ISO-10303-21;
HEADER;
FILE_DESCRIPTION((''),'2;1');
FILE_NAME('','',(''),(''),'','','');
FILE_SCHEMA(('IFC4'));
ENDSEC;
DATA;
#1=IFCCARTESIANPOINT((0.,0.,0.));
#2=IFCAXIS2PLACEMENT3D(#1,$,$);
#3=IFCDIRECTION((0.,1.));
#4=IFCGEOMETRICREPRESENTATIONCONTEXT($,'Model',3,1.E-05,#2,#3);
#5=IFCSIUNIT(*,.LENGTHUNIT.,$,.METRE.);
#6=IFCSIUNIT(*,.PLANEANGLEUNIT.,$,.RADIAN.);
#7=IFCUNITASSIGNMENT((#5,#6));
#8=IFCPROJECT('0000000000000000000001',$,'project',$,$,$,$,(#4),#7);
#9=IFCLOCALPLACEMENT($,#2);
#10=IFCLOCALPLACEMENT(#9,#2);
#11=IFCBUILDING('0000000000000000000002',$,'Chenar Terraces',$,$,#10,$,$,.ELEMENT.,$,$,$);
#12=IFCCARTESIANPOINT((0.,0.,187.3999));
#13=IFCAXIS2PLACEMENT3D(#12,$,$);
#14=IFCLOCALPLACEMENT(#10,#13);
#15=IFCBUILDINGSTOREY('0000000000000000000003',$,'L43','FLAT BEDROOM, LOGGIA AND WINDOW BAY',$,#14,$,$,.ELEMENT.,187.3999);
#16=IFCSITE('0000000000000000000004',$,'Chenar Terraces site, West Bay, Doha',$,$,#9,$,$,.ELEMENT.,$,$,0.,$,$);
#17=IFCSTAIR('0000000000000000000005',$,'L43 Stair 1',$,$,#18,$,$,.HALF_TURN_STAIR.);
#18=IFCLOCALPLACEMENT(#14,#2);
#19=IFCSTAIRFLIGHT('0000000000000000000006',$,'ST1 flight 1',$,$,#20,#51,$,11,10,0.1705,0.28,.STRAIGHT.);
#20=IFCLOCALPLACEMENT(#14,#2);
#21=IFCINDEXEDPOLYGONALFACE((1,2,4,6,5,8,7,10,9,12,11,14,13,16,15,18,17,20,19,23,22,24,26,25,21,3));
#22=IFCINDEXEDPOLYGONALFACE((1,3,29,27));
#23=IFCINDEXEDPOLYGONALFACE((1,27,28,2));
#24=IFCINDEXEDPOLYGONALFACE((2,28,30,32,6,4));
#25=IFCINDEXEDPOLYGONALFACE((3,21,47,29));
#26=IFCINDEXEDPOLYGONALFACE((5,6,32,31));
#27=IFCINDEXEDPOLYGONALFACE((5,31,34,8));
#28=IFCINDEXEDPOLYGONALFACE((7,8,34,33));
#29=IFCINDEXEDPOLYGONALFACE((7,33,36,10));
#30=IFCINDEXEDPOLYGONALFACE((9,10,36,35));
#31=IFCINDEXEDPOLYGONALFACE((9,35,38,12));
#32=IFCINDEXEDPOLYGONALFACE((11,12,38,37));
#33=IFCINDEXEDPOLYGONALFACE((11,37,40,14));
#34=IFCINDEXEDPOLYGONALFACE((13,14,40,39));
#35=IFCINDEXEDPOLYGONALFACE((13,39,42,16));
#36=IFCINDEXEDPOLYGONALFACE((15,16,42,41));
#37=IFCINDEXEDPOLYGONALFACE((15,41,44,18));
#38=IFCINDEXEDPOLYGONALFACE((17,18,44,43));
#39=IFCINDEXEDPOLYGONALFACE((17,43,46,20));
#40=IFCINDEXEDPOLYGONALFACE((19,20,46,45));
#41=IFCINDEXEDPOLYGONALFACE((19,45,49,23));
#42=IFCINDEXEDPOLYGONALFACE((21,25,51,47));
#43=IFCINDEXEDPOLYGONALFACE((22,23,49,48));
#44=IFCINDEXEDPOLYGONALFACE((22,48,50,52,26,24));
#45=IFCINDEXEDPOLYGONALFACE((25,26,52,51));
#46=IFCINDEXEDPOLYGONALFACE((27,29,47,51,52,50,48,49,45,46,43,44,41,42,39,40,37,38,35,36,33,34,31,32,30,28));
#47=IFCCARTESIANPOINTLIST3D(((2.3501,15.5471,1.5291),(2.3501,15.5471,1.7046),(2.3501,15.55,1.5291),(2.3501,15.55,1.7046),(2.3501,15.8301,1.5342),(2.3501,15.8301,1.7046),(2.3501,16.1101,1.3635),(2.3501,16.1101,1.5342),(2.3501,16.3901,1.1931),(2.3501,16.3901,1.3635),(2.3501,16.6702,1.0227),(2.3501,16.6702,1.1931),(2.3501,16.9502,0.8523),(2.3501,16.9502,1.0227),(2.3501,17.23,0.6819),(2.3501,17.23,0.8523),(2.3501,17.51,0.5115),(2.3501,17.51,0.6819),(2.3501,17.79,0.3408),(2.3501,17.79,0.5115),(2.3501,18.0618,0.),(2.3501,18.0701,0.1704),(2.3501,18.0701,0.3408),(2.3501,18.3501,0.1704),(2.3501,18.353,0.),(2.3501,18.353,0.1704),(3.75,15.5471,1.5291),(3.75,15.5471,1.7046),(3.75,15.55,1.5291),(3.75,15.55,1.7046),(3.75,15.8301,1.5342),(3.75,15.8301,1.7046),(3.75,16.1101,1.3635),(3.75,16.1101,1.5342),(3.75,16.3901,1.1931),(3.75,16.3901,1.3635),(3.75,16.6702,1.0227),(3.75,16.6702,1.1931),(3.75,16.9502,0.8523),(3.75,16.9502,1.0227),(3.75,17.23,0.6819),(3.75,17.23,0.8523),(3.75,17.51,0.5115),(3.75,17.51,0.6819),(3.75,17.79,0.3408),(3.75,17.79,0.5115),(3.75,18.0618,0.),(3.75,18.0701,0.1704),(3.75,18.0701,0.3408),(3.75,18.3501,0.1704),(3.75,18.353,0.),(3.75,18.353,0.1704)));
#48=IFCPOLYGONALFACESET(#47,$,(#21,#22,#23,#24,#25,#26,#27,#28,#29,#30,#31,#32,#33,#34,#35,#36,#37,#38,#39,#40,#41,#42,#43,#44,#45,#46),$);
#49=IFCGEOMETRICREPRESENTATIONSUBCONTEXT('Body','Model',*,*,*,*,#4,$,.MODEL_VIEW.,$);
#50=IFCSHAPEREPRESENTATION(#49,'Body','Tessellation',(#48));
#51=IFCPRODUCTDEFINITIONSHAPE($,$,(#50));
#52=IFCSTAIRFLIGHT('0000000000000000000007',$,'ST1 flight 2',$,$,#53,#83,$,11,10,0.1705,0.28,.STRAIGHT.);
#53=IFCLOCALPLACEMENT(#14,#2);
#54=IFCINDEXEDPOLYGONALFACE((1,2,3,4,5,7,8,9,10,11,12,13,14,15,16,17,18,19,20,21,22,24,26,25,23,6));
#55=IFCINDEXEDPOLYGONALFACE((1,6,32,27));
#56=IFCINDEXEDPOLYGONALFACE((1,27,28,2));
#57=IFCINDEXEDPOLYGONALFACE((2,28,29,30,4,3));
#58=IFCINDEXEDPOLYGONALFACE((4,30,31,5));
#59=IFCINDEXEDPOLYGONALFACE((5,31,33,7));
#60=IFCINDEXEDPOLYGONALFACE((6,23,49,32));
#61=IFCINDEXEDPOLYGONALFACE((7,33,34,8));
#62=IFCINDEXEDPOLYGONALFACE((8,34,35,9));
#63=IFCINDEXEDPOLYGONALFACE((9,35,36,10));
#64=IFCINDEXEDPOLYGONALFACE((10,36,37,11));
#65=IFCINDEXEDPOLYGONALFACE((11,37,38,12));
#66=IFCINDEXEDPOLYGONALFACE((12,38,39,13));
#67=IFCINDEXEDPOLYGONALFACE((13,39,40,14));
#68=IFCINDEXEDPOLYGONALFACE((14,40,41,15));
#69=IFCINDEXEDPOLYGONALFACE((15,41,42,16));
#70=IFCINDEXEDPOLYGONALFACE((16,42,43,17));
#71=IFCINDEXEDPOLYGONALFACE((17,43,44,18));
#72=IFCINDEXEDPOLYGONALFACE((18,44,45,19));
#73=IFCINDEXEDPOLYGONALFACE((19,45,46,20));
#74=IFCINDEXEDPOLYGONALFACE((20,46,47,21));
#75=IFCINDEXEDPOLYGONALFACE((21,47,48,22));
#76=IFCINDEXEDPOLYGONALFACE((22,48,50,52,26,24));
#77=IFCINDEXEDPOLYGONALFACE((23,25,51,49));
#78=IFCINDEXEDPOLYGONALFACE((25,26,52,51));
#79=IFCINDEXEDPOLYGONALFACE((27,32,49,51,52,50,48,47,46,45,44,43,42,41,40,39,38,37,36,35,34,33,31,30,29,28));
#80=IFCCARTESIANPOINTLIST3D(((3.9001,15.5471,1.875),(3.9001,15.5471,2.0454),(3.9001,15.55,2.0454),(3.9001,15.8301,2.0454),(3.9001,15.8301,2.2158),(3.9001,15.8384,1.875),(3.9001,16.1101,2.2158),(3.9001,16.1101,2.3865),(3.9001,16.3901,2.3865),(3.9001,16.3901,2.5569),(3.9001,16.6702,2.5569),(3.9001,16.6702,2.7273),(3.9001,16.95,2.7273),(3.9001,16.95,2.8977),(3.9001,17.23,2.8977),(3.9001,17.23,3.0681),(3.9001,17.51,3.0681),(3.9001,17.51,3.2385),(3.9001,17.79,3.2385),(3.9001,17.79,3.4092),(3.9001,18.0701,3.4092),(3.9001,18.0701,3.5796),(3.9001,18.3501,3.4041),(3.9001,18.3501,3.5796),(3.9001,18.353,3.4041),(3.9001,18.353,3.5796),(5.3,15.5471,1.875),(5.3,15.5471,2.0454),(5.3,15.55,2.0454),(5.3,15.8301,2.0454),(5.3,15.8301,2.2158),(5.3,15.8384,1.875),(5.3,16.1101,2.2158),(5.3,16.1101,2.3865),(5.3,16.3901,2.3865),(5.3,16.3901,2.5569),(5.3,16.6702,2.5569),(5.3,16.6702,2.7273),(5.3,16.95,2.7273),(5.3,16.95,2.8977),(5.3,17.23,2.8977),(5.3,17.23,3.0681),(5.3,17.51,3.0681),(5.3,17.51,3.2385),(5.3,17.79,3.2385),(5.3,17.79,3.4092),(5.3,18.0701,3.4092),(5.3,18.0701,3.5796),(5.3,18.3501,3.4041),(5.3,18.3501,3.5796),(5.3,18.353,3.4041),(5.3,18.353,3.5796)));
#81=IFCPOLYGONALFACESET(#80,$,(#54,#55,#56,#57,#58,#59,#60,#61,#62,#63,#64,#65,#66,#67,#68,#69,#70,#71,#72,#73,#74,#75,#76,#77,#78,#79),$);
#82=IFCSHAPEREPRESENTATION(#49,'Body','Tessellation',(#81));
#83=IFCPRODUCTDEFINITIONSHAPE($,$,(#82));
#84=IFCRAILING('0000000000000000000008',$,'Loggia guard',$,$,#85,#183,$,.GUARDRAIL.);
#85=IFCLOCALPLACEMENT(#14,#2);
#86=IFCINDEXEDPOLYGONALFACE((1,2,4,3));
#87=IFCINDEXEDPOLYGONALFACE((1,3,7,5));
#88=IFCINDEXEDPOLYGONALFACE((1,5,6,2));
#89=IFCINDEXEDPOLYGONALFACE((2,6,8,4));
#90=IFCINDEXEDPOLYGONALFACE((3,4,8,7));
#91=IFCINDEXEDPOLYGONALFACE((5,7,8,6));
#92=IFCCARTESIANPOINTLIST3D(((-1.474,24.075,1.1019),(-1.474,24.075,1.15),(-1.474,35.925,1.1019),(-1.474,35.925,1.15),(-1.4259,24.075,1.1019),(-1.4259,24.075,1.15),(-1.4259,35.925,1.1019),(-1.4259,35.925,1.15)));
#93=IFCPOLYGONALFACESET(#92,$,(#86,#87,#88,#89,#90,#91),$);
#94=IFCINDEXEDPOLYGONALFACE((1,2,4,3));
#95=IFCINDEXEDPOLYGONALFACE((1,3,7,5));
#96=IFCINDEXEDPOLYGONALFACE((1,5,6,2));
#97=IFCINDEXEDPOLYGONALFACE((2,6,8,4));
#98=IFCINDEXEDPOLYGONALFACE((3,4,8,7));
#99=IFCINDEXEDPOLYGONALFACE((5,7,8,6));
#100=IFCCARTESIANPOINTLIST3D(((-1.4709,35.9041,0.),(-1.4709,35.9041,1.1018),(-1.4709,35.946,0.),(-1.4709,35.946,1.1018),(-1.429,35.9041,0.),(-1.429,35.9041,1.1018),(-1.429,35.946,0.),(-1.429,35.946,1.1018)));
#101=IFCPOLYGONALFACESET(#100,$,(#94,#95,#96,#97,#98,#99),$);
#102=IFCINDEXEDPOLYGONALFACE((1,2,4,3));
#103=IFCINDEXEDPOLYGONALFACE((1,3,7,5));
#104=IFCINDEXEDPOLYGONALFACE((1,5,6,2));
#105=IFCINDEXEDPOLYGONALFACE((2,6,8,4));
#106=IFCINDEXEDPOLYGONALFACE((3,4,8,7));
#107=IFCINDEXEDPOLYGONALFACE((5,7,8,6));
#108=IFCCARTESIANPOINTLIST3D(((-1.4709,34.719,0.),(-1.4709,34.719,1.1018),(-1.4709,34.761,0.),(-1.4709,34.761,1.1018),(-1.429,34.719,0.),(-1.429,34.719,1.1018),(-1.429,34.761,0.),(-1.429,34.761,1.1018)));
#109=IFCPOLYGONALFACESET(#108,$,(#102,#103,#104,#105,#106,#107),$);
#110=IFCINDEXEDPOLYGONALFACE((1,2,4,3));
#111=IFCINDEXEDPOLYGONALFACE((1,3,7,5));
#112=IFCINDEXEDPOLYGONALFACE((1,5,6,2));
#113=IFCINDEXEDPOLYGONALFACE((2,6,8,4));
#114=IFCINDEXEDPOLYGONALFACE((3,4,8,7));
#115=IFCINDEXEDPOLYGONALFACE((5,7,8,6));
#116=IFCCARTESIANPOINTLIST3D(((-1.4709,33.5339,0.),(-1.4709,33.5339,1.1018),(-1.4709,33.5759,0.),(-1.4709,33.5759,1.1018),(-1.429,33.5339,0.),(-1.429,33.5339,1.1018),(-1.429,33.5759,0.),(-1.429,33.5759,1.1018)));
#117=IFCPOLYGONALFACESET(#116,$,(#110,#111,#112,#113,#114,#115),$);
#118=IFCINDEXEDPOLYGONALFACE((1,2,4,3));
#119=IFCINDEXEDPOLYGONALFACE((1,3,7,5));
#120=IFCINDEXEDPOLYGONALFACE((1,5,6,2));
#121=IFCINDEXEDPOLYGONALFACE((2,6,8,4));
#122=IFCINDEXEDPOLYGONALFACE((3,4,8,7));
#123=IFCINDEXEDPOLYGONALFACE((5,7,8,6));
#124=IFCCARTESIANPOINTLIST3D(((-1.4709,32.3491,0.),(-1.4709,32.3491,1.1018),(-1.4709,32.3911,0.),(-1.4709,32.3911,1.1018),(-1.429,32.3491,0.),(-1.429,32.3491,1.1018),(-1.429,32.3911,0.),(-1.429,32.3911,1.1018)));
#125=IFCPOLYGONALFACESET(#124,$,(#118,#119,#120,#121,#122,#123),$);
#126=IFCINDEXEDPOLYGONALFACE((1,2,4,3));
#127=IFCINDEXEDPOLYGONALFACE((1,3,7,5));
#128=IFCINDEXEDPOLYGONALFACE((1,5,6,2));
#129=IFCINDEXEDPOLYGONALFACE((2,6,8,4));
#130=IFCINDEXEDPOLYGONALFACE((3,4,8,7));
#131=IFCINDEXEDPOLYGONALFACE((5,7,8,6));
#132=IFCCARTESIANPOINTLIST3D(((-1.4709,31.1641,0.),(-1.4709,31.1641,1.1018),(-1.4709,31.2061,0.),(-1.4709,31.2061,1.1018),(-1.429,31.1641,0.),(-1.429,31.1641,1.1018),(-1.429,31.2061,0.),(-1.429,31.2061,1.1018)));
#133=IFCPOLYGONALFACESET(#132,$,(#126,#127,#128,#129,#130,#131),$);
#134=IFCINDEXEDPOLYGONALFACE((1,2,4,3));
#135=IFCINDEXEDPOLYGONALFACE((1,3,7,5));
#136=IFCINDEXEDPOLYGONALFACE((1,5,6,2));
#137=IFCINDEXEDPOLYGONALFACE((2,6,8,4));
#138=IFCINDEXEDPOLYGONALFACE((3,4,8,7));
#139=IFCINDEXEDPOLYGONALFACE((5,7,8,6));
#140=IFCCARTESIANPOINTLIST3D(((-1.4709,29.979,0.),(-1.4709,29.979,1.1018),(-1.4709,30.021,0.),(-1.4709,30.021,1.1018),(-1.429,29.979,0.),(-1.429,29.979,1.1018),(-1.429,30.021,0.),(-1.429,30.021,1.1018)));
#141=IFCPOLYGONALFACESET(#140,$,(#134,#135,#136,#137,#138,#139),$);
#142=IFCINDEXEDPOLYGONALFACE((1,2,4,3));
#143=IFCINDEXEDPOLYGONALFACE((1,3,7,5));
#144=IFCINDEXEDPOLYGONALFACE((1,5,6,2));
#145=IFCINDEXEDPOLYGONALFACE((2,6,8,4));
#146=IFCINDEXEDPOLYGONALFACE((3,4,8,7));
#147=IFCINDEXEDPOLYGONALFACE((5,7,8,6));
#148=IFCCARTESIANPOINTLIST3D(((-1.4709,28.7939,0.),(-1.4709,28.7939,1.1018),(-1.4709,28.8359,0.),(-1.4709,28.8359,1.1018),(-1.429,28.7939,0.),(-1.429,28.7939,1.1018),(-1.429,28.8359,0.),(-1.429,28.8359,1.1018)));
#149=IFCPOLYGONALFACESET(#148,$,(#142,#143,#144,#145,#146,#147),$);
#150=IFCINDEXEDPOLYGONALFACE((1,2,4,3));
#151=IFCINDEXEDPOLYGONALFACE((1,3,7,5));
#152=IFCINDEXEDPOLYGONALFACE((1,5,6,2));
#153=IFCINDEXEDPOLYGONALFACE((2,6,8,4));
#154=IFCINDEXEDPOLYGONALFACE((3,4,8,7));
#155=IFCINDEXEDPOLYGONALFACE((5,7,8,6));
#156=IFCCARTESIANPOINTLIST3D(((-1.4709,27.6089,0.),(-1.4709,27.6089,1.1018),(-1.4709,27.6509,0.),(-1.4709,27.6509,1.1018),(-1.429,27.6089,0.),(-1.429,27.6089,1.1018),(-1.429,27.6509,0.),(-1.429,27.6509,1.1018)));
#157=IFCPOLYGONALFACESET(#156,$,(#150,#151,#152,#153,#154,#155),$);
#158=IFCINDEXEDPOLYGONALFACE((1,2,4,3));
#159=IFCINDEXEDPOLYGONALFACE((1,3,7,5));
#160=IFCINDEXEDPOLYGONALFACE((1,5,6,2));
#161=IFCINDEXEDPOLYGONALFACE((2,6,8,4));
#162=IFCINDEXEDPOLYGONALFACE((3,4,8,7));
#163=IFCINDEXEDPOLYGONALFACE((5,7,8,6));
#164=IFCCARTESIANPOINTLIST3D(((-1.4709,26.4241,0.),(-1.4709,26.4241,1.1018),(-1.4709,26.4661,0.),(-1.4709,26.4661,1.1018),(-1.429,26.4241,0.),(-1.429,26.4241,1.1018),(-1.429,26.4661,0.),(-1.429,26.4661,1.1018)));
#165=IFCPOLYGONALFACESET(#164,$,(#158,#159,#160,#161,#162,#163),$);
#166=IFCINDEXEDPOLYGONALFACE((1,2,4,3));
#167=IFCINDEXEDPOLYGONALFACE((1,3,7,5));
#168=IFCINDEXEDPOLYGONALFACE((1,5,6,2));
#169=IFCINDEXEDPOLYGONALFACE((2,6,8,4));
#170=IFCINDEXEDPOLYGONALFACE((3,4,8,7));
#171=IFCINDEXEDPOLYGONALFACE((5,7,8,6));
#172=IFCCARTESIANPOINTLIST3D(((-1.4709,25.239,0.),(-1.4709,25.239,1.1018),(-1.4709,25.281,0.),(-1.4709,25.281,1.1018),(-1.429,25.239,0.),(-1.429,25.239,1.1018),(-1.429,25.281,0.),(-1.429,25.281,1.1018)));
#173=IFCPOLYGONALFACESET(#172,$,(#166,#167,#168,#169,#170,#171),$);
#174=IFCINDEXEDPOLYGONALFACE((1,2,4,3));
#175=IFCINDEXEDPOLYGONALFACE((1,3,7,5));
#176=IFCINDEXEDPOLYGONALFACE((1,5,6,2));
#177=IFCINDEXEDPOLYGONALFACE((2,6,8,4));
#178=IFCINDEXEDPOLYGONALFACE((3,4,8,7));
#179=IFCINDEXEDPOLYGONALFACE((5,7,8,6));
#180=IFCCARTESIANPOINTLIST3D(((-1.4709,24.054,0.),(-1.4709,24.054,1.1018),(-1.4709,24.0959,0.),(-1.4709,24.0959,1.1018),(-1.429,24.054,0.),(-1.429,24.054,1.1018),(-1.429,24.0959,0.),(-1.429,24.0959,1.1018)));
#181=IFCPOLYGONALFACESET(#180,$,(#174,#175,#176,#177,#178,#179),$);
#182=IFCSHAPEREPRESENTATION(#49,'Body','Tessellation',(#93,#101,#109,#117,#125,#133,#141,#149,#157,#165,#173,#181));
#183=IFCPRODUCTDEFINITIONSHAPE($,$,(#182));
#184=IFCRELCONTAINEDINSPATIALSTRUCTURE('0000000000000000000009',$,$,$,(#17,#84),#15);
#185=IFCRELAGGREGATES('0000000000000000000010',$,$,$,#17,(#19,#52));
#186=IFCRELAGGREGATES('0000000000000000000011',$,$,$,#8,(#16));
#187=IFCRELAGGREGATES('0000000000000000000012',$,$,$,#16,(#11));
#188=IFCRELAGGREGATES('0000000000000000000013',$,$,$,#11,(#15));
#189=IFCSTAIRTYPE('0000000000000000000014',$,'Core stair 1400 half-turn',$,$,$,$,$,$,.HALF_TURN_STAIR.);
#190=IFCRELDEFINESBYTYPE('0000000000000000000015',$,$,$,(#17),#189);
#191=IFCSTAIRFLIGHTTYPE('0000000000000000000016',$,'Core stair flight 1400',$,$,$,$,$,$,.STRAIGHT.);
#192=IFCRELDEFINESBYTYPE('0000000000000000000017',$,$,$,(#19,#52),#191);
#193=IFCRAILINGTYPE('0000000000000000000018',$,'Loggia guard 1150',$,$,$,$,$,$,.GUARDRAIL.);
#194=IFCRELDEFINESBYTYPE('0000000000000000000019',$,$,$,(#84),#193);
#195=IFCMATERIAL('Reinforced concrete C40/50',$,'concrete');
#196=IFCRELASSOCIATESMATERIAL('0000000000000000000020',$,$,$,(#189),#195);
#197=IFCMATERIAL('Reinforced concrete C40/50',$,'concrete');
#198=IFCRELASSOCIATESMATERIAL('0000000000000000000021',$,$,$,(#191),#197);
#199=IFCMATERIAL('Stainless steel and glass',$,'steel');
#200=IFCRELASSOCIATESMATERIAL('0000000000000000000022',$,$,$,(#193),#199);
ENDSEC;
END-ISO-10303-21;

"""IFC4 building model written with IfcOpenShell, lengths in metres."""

from ifc_helpers import new_model, si_unit, direction, frame, origin, origin_2d, place, context, subcontext, project, spatial, polyline, rectangle, outline, extrude, material, type_object, element, aggregate, save


model = new_model("IFC4")

# Units and contexts
model_context = context("Model", 3, precision=1e-05, world=origin(), true_north=direction((0.0, 1.0)))
body_context = subcontext(model_context, "Body", "Model", "MODEL_VIEW")
ifc_project = project(units=[si_unit("LENGTHUNIT", "METRE"), si_unit("PLANEANGLEUNIT", "RADIAN")], contexts=[model_context])

# Site, building, storey
site_placement = place(None, origin())
site = spatial("IfcSite", under=ifc_project, at=site_placement, Name="Chenar Terraces site, West Bay, Doha", CompositionType="ELEMENT", RefElevation=0.0)
building_placement = place(site_placement, origin())
building = spatial("IfcBuilding", under=site, at=building_placement, Name="Chenar Terraces", CompositionType="ELEMENT")
storey_placement = place(building_placement, frame((0.0, 0.0, 187.3999)))
storey = spatial("IfcBuildingStorey", under=building, at=storey_placement, Name="L43", Description="FLAT BEDROOM, LOGGIA AND WINDOW BAY", CompositionType="ELEMENT", Elevation=187.3999)

# Stair, stair flights
ifc_material_1 = material(Name="Reinforced concrete C40/50", Category="concrete")
stair_type = type_object("IfcStairType", Name="Core stair 1400 half-turn", PredefinedType="HALF_TURN_STAIR", material=ifc_material_1)
stair_placement = place(storey_placement, origin())
stair = element("IfcStair", 1, at=stair_placement, inside=storey, type_object=stair_type, Name="L43 Stair 1", PredefinedType="HALF_TURN_STAIR")
ifc_material_2 = material(Name="Reinforced concrete C40/50", Category="concrete")
stair_flight_type = type_object("IfcStairFlightType", Name="Core stair flight 1400", PredefinedType="STRAIGHT", material=ifc_material_2)
stair_flight_1_placement = place(storey_placement, frame((3.05, 18.3501, 0.0), z_axis=(0.0, 0.0, 1.0), x_axis=(0.0, -1.0, 0.0)))
stair_flight_1 = element("IfcStairFlight", 2, at=stair_flight_1_placement, type_object=stair_flight_type, Name="ST1 flight 1", NumberOfRisers=11, NumberOfTreads=10, PredefinedType="STRAIGHT", RiserHeight=0.1705, TreadLength=0.28, context=body_context, shape_type="SweptSolid", body=[
    extrude(outline(polyline([(-0.0029, 0.0), (-0.0029, 0.1704), (0.0, 0.1704), (0.28, 0.1704), (0.28, 0.3408), (0.5601, 0.3408), (0.5601, 0.5115), (0.8401, 0.5115), (0.8401, 0.6819), (1.1201, 0.6819), (1.1201, 0.8523), (1.3999, 0.8523), (1.3999, 1.0227), (1.6799, 1.0227), (1.6799, 1.1931), (1.96, 1.1931), (1.96, 1.3635), (2.24, 1.3635), (2.24, 1.5342), (2.52, 1.5342), (2.52, 1.7046), (2.8, 1.7046), (2.803, 1.7046), (2.803, 1.5291), (2.8, 1.5291), (0.2883, 0.0), (-0.0029, 0.0)])), frame((0.0, 0.7, 0.0), z_axis=(0.0, -1.0, 0.0), x_axis=(1.0, 0.0, 0.0)), (0.0, 0.0, 1.0), 1.3999),
])
stair_flight_2_placement = place(storey_placement, frame((4.6001, 15.55, 1.875), z_axis=(0.0, 0.0, 1.0), x_axis=(0.0, 1.0, 0.0)))
stair_flight_2 = element("IfcStairFlight", 3, at=stair_flight_2_placement, type_object=stair_flight_type, Name="ST1 flight 2", NumberOfRisers=11, NumberOfTreads=10, PredefinedType="STRAIGHT", RiserHeight=0.1705, TreadLength=0.28, context=body_context, shape_type="SweptSolid", body=[
    extrude(outline(polyline([(-0.0029, 0.0), (-0.0029, 0.1704), (0.0, 0.1704), (0.28, 0.1704), (0.28, 0.3408), (0.5601, 0.3408), (0.5601, 0.5115), (0.8401, 0.5115), (0.8401, 0.6819), (1.1201, 0.6819), (1.1201, 0.8523), (1.3999, 0.8523), (1.3999, 1.0227), (1.6799, 1.0227), (1.6799, 1.1931), (1.96, 1.1931), (1.96, 1.3635), (2.24, 1.3635), (2.24, 1.5342), (2.52, 1.5342), (2.52, 1.7046), (2.8, 1.7046), (2.803, 1.7046), (2.803, 1.5291), (2.8, 1.5291), (0.2883, 0.0), (-0.0029, 0.0)])), frame((0.0, 0.7, 0.0), z_axis=(0.0, -1.0, 0.0), x_axis=(1.0, 0.0, 0.0)), (0.0, 0.0, 1.0), 1.3999),
])
aggregate(stair, [stair_flight_1, stair_flight_2])

# Railing
ifc_material_3 = material(Name="Stainless steel and glass", Category="steel")
railing_type_1 = type_object("IfcRailingType", Name="Loggia guard 1150", PredefinedType="GUARDRAIL", material=ifc_material_3)
railing_1_placement = place(storey_placement, frame((-1.45, 35.925, 0.0)))
element("IfcRailing", 4, at=railing_1_placement, inside=storey, type_object=railing_type_1, Name="Loggia guard", PredefinedType="GUARDRAIL", context=body_context, shape_type="SweptSolid", body=[
    extrude(rectangle(XDim=0.0481, YDim=0.0481, at=origin_2d()), frame((0.0, 0.0, 1.126), z_axis=(0.0, -1.0, 0.0), x_axis=(1.0, 0.0, 0.0)), (0.0, 0.0, 1.0), 11.8501),
    extrude(rectangle(XDim=0.042, YDim=0.042, at=origin_2d()), origin(), (0.0, 0.0, 1.0), 1.1018),
    extrude(rectangle(XDim=0.042, YDim=0.042, at=origin_2d()), frame((0.0, -1.1851, 0.0)), (0.0, 0.0, 1.0), 1.1018),
    extrude(rectangle(XDim=0.042, YDim=0.042, at=origin_2d()), frame((0.0, -2.3701, 0.0)), (0.0, 0.0, 1.0), 1.1018),
    extrude(rectangle(XDim=0.042, YDim=0.042, at=origin_2d()), frame((0.0, -3.5549, 0.0)), (0.0, 0.0, 1.0), 1.1018),
    extrude(rectangle(XDim=0.042, YDim=0.042, at=origin_2d()), frame((0.0, -4.74, 0.0)), (0.0, 0.0, 1.0), 1.1018),
    extrude(rectangle(XDim=0.042, YDim=0.042, at=origin_2d()), frame((0.0, -5.925, 0.0)), (0.0, 0.0, 1.0), 1.1018),
    extrude(rectangle(XDim=0.042, YDim=0.042, at=origin_2d()), frame((0.0, -7.1101, 0.0)), (0.0, 0.0, 1.0), 1.1018),
    extrude(rectangle(XDim=0.042, YDim=0.042, at=origin_2d()), frame((0.0, -8.2952, 0.0)), (0.0, 0.0, 1.0), 1.1018),
    extrude(rectangle(XDim=0.042, YDim=0.042, at=origin_2d()), frame((0.0, -9.48, 0.0)), (0.0, 0.0, 1.0), 1.1018),
    extrude(rectangle(XDim=0.042, YDim=0.042, at=origin_2d()), frame((0.0, -10.665, 0.0)), (0.0, 0.0, 1.0), 1.1018),
    extrude(rectangle(XDim=0.042, YDim=0.042, at=origin_2d()), frame((0.0, -11.8501, 0.0)), (0.0, 0.0, 1.0), 1.1018),
])

save(model, "model.ifc")
